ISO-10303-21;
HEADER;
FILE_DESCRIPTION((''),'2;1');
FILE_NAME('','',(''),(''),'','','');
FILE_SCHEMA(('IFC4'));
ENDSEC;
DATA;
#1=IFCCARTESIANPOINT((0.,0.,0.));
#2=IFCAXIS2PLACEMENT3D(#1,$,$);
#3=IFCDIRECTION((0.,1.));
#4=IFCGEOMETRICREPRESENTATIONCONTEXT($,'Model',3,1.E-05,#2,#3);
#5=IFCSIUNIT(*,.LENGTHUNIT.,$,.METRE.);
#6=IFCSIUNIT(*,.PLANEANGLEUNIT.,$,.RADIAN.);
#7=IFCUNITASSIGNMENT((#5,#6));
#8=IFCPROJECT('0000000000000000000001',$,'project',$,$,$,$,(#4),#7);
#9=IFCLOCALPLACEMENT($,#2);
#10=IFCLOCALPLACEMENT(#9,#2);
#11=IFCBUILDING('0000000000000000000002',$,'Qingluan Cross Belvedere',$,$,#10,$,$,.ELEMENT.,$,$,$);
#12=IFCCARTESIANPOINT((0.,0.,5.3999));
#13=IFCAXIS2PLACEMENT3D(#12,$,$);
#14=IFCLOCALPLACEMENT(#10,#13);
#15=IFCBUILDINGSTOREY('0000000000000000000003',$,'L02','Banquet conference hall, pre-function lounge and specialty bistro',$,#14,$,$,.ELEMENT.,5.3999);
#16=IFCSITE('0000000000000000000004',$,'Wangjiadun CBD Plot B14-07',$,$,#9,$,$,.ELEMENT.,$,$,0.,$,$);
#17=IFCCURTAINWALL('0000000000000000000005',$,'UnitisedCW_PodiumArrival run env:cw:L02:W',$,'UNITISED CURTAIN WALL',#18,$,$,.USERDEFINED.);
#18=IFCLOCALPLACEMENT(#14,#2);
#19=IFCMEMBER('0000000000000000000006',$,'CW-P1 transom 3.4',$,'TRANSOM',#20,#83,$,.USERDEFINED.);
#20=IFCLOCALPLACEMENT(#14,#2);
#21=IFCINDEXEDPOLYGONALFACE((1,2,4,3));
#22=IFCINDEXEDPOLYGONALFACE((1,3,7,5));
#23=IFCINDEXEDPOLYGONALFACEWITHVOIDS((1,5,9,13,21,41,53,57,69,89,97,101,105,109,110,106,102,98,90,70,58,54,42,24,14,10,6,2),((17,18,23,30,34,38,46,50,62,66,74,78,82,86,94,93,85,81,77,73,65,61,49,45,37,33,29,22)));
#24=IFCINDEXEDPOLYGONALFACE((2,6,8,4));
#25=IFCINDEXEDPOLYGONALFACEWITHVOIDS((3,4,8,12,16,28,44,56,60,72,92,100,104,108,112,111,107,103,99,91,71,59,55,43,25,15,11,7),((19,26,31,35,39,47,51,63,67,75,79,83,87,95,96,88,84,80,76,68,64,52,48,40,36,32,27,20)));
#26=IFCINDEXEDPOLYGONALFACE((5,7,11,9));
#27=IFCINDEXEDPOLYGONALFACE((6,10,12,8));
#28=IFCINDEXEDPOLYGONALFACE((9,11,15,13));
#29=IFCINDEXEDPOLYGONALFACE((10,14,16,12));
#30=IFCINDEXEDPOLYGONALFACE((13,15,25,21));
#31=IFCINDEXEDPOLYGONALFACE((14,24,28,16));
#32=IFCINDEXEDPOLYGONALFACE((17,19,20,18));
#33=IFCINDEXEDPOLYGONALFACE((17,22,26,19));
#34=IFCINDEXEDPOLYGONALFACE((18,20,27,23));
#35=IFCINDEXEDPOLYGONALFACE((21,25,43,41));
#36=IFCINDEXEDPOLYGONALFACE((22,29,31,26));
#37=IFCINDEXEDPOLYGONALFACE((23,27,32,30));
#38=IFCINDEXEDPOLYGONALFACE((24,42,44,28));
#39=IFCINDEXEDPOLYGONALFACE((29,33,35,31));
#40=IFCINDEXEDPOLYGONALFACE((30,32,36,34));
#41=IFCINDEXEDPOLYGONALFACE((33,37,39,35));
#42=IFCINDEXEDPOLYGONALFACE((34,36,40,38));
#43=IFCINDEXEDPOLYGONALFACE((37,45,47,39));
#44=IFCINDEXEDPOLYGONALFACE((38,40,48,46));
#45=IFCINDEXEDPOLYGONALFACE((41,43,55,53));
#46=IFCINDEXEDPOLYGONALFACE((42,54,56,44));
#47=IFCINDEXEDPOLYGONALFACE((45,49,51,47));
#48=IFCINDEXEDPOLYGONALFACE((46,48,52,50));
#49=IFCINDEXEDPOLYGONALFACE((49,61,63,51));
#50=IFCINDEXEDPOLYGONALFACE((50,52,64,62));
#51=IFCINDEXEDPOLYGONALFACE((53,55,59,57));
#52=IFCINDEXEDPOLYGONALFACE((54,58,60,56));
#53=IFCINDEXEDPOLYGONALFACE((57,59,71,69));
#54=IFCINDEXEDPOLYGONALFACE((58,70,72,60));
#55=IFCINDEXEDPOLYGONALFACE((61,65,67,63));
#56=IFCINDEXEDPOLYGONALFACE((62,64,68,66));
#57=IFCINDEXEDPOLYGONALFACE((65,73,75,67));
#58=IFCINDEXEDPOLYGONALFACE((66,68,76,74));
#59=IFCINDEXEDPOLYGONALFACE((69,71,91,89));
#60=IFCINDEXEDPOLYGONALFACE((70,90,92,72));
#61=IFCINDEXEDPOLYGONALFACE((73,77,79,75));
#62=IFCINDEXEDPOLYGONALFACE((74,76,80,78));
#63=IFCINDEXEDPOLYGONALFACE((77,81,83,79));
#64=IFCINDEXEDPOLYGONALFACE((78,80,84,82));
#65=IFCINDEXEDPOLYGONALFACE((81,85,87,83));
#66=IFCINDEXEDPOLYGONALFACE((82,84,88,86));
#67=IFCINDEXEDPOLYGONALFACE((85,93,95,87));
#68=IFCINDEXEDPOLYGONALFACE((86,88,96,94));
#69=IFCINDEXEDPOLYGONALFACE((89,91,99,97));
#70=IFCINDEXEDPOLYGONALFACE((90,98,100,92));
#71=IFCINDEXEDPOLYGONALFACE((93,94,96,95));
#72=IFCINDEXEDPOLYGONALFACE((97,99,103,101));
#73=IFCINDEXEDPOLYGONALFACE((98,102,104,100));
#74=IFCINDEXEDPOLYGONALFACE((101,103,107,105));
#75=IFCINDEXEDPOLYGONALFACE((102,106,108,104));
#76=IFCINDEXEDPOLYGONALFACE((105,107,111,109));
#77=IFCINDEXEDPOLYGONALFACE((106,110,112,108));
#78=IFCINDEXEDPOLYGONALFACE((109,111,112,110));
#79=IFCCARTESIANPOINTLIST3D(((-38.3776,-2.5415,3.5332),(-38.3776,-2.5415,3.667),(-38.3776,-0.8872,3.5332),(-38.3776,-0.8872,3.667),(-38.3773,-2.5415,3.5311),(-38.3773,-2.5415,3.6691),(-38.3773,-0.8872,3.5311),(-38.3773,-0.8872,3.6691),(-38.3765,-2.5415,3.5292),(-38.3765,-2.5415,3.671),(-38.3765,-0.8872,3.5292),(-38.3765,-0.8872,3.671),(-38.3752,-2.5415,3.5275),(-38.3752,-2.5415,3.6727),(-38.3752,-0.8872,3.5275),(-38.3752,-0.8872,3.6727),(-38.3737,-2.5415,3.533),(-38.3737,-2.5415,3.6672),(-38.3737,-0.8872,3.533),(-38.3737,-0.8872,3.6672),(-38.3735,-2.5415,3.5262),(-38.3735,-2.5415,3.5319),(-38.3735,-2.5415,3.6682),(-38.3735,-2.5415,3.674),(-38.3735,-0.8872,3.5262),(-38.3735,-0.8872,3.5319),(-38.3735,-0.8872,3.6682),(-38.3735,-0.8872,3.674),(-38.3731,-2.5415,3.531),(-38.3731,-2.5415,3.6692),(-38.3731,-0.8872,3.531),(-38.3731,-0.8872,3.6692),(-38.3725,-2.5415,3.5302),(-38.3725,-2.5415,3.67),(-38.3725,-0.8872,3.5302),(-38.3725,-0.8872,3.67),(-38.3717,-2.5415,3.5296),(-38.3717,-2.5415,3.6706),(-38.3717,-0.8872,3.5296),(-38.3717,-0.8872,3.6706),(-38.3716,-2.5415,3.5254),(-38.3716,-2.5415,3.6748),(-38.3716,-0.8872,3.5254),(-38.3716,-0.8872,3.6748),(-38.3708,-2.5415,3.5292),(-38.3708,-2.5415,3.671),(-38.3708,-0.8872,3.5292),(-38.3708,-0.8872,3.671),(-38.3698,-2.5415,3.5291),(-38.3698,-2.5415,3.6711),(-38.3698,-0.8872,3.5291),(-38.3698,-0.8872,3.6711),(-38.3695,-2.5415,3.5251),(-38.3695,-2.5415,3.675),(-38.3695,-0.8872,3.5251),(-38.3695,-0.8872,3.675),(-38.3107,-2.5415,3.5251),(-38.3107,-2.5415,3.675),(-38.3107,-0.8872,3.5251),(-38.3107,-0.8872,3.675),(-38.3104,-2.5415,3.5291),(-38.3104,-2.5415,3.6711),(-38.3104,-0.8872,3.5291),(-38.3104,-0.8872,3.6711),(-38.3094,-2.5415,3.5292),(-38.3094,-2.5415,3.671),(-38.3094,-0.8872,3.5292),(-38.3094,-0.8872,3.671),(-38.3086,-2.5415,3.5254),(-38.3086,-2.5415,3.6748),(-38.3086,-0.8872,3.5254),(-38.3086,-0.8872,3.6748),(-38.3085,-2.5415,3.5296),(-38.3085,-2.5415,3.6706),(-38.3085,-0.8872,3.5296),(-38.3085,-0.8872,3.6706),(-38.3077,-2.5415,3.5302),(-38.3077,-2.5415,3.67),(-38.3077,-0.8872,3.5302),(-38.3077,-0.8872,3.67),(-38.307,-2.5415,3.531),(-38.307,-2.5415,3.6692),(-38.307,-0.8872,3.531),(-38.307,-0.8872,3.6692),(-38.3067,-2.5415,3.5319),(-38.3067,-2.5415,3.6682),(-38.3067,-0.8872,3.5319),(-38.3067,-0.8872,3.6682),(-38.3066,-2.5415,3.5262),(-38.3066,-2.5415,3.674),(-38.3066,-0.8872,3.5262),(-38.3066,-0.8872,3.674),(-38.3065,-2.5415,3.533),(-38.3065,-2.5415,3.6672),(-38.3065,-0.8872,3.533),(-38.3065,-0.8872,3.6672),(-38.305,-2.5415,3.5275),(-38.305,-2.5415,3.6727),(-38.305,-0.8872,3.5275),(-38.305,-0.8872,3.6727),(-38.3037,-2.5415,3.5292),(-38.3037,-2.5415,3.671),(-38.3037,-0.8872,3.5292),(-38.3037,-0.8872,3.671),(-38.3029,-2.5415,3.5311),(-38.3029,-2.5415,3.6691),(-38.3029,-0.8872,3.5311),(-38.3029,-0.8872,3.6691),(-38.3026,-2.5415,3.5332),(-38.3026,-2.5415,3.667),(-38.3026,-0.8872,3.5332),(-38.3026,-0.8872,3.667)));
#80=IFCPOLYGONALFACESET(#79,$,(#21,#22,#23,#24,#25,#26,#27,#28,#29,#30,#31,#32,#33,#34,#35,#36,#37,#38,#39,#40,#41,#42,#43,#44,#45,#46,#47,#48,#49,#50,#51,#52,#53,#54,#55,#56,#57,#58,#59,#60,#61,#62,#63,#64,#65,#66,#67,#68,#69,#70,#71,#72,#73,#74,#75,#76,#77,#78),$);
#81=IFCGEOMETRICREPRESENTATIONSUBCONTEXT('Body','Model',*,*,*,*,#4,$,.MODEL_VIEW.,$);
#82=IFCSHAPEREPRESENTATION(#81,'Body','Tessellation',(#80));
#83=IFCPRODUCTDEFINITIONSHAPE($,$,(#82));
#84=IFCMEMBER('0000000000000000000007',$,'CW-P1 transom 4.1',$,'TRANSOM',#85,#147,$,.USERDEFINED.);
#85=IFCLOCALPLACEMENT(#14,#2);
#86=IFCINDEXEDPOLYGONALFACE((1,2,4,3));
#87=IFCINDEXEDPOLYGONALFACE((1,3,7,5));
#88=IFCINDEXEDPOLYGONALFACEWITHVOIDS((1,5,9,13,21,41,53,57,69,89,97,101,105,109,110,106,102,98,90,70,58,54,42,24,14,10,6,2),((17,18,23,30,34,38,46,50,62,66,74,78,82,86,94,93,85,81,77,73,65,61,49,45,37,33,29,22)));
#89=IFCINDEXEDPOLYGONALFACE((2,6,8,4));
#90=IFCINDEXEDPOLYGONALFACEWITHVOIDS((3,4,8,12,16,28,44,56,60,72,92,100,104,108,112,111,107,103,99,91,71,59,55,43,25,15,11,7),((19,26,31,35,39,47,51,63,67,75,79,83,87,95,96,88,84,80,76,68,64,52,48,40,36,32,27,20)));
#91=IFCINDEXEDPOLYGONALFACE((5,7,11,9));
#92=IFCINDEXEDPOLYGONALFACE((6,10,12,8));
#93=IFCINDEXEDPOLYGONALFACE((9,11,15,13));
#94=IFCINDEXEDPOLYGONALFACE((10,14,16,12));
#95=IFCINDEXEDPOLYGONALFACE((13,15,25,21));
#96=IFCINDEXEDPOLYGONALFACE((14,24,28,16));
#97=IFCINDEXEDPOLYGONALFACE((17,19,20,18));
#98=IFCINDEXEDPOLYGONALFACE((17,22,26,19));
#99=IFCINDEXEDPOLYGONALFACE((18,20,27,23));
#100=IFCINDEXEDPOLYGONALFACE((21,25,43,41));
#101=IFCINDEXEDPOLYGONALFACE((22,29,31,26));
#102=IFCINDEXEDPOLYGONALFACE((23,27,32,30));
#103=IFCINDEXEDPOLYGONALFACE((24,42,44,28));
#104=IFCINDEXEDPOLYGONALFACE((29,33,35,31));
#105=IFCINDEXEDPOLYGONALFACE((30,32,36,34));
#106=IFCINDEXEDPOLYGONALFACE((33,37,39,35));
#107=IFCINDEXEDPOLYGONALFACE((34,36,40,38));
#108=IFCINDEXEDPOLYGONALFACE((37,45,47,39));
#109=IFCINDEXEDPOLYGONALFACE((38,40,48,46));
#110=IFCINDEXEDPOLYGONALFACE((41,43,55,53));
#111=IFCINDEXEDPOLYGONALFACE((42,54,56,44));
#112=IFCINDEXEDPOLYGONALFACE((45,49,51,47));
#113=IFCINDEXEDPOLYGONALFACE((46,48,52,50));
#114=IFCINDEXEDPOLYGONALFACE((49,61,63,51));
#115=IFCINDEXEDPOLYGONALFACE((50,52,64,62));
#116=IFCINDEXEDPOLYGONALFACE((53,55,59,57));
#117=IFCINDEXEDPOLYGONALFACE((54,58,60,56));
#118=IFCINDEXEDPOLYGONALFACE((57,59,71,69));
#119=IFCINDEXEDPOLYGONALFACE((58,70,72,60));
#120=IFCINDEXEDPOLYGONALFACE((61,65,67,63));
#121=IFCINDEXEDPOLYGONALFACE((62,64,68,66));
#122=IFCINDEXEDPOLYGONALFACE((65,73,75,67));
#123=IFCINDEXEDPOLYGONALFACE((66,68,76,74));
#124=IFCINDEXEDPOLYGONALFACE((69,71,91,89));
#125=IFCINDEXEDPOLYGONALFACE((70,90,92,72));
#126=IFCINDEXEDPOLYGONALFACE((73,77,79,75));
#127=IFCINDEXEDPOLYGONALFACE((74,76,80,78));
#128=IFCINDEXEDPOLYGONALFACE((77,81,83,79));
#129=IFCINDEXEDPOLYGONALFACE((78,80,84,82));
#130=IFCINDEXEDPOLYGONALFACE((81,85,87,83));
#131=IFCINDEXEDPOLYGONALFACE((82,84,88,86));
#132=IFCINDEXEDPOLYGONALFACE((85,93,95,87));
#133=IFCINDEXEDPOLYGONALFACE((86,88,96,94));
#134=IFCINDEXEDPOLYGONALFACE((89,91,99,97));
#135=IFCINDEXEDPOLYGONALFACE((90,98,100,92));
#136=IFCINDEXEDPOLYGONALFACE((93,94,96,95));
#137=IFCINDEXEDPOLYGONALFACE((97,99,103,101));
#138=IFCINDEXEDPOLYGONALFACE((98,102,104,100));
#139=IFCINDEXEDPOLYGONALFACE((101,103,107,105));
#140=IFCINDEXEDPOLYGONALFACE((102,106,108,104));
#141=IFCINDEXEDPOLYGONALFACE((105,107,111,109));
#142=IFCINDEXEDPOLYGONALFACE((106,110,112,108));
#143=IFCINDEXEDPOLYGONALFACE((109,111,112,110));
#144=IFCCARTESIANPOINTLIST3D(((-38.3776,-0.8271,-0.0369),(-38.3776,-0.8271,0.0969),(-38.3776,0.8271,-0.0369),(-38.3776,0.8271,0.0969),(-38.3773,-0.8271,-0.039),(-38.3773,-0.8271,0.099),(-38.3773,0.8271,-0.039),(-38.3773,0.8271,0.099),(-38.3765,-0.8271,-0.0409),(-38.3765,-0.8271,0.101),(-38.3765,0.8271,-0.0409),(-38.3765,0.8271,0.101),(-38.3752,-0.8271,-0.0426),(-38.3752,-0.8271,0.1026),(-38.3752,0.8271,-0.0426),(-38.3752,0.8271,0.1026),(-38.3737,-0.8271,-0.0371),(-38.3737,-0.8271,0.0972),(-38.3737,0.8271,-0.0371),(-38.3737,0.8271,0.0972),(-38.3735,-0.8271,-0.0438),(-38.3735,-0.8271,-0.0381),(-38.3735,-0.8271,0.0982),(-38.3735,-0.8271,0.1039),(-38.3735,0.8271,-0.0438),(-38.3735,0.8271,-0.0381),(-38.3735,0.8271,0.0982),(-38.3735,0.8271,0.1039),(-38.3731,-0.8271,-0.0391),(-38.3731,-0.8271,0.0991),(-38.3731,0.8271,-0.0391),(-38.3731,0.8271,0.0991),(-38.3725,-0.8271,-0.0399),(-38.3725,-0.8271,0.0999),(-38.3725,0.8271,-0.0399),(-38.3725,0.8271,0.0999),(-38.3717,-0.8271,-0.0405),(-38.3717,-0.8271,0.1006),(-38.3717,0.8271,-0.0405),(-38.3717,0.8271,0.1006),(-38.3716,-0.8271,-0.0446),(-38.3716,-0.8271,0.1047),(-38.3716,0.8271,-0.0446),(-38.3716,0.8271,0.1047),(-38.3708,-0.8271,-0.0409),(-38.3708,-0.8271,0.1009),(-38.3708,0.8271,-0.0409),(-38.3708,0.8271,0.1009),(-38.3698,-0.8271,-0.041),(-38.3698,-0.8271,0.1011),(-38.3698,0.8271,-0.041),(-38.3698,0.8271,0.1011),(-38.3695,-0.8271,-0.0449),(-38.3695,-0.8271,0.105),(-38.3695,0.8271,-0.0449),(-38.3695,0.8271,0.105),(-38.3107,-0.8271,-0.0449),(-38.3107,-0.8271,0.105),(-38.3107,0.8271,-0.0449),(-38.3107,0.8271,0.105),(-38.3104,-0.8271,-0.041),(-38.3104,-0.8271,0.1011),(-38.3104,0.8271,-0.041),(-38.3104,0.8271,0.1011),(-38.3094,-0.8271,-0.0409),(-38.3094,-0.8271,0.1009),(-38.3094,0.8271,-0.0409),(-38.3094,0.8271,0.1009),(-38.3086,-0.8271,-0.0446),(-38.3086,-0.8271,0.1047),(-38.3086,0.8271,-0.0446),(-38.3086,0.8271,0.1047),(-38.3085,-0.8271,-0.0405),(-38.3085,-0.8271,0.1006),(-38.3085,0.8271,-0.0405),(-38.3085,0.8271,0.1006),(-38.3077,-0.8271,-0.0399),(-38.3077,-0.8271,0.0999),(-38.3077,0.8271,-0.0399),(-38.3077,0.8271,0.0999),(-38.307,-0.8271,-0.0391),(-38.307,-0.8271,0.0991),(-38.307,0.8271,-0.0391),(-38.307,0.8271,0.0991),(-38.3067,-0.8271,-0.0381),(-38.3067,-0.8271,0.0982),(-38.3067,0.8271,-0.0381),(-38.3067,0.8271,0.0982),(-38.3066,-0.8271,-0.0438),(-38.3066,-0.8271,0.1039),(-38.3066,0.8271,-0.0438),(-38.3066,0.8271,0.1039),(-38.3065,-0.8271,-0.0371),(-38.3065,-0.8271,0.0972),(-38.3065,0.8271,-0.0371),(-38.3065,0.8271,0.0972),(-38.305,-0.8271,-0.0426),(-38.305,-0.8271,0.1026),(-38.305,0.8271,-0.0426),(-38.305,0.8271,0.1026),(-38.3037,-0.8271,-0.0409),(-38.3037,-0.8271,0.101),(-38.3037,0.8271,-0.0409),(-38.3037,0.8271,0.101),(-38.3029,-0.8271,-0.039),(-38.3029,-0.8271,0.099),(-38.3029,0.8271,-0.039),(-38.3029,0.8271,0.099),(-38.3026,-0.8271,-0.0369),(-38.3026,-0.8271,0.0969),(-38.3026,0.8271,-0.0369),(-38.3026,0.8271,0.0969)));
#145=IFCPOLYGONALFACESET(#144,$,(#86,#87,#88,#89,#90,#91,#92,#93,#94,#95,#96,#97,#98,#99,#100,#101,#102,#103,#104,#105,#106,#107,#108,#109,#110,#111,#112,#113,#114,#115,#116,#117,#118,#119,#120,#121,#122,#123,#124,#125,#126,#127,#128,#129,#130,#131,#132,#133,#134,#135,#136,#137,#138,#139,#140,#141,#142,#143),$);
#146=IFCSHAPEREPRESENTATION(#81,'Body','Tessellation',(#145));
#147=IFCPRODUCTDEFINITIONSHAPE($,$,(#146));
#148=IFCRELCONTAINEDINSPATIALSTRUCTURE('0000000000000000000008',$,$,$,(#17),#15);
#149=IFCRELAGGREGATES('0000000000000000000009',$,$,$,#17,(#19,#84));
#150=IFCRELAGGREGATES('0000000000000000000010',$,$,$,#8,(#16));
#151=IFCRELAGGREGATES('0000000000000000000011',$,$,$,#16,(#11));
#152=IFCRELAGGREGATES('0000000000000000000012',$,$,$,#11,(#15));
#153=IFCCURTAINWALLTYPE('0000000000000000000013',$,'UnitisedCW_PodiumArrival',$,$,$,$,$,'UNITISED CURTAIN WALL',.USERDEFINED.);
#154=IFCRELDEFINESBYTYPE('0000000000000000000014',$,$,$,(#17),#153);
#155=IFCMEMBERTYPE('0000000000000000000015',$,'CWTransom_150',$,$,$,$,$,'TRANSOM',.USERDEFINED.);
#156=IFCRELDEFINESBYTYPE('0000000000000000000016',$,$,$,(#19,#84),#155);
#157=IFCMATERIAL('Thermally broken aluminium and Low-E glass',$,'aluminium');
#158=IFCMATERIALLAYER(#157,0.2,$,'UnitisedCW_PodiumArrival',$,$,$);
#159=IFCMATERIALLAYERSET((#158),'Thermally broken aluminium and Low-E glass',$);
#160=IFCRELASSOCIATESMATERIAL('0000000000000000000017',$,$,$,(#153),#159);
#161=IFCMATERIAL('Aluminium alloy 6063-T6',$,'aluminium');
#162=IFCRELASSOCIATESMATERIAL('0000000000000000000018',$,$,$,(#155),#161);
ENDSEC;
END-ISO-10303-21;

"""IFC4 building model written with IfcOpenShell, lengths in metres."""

from ifc_helpers import new_model, si_unit, direction, frame, origin, origin_2d, place, context, subcontext, project, spatial, hollow_rectangle, extrude, material, layer, layer_set, material_profile, profile_set, type_object, element, aggregate, save


model = new_model("IFC4")

# Units and contexts
model_context = context("Model", 3, precision=1e-05, world=origin(), true_north=direction((0.0, 1.0)))
body_context = subcontext(model_context, "Body", "Model", "MODEL_VIEW")
ifc_project = project(units=[si_unit("LENGTHUNIT", "METRE"), si_unit("PLANEANGLEUNIT", "RADIAN")], contexts=[model_context])

# Site, building, storey
site_placement = place(None, origin())
site = spatial("IfcSite", under=ifc_project, at=site_placement, Name="Wangjiadun CBD Plot B14-07", CompositionType="ELEMENT", RefElevation=0.0)
building_placement = place(site_placement, origin())
building = spatial("IfcBuilding", under=site, at=building_placement, Name="Qingluan Cross Belvedere", CompositionType="ELEMENT")
storey_placement = place(building_placement, frame((0.0, 0.0, 5.3999)))
storey = spatial("IfcBuildingStorey", under=building, at=storey_placement, Name="L02", Description="Banquet conference hall, pre-function lounge and specialty bistro", CompositionType="ELEMENT", Elevation=5.3999)

# Curtain wall, members
ifc_material_1 = material(Name="Thermally broken aluminium and Low-E glass", Category="aluminium")
ifc_layer_1 = layer(ifc_material_1, 0.2, Name="UnitisedCW_PodiumArrival")
ifc_layer_set_1 = layer_set([ifc_layer_1], Name="Thermally broken aluminium and Low-E glass")
curtain_wall_type = type_object("IfcCurtainWallType", Name="UnitisedCW_PodiumArrival", ElementType="UNITISED CURTAIN WALL", PredefinedType="USERDEFINED", material=ifc_layer_set_1)
curtain_wall_placement = place(storey_placement, origin())
curtain_wall = element("IfcCurtainWall", 1, at=curtain_wall_placement, inside=storey, type_object=curtain_wall_type, Name="UnitisedCW_PodiumArrival run env:cw:L02:W", ObjectType="UNITISED CURTAIN WALL", PredefinedType="USERDEFINED")
ifc_material_2 = material(Name="Aluminium alloy 6063-T6", Category="aluminium")
ifc_material_profile_1 = material_profile(ifc_material_2, hollow_rectangle(XDim=0.075, YDim=0.1499, WallThickness=0.0039, InnerFilletRadius=0.0039, OuterFilletRadius=0.0081, at=origin_2d()), Name="CWT150x75x4")
ifc_profile_set_1 = profile_set([ifc_material_profile_1], Name="Aluminium alloy 6063-T6")
member_type_1 = type_object("IfcMemberType", Name="CWTransom_150", ElementType="TRANSOM", PredefinedType="USERDEFINED", material=ifc_profile_set_1)
member_1_placement = place(storey_placement, frame((-38.3401, -2.5415, 3.6001), z_axis=(0.0, 1.0, 0.0), x_axis=(-1.0, 0.0, 0.0)))
member_1 = element("IfcMember", 2, at=member_1_placement, type_object=member_type_1, Name="CW-P1 transom 3.4", ObjectType="TRANSOM", PredefinedType="USERDEFINED", context=body_context, shape_type="SweptSolid", body=[
    extrude(hollow_rectangle(XDim=0.075, YDim=0.1499, WallThickness=0.0039, InnerFilletRadius=0.0039, OuterFilletRadius=0.0081, at=origin_2d()), origin(), (0.0, 0.0, 1.0), 1.6543),
])
member_2_placement = place(storey_placement, frame((-38.3401, -0.8271, 0.03), z_axis=(0.0, 1.0, 0.0), x_axis=(-1.0, 0.0, 0.0)))
member_2 = element("IfcMember", 3, at=member_2_placement, type_object=member_type_1, Name="CW-P1 transom 4.1", ObjectType="TRANSOM", PredefinedType="USERDEFINED", context=body_context, shape_type="SweptSolid", body=[
    extrude(hollow_rectangle(XDim=0.075, YDim=0.1499, WallThickness=0.0039, InnerFilletRadius=0.0039, OuterFilletRadius=0.0081, at=origin_2d()), origin(), (0.0, 0.0, 1.0), 1.6543),
])

aggregate(curtain_wall, [member_1, member_2])

save(model, "model.ifc")
